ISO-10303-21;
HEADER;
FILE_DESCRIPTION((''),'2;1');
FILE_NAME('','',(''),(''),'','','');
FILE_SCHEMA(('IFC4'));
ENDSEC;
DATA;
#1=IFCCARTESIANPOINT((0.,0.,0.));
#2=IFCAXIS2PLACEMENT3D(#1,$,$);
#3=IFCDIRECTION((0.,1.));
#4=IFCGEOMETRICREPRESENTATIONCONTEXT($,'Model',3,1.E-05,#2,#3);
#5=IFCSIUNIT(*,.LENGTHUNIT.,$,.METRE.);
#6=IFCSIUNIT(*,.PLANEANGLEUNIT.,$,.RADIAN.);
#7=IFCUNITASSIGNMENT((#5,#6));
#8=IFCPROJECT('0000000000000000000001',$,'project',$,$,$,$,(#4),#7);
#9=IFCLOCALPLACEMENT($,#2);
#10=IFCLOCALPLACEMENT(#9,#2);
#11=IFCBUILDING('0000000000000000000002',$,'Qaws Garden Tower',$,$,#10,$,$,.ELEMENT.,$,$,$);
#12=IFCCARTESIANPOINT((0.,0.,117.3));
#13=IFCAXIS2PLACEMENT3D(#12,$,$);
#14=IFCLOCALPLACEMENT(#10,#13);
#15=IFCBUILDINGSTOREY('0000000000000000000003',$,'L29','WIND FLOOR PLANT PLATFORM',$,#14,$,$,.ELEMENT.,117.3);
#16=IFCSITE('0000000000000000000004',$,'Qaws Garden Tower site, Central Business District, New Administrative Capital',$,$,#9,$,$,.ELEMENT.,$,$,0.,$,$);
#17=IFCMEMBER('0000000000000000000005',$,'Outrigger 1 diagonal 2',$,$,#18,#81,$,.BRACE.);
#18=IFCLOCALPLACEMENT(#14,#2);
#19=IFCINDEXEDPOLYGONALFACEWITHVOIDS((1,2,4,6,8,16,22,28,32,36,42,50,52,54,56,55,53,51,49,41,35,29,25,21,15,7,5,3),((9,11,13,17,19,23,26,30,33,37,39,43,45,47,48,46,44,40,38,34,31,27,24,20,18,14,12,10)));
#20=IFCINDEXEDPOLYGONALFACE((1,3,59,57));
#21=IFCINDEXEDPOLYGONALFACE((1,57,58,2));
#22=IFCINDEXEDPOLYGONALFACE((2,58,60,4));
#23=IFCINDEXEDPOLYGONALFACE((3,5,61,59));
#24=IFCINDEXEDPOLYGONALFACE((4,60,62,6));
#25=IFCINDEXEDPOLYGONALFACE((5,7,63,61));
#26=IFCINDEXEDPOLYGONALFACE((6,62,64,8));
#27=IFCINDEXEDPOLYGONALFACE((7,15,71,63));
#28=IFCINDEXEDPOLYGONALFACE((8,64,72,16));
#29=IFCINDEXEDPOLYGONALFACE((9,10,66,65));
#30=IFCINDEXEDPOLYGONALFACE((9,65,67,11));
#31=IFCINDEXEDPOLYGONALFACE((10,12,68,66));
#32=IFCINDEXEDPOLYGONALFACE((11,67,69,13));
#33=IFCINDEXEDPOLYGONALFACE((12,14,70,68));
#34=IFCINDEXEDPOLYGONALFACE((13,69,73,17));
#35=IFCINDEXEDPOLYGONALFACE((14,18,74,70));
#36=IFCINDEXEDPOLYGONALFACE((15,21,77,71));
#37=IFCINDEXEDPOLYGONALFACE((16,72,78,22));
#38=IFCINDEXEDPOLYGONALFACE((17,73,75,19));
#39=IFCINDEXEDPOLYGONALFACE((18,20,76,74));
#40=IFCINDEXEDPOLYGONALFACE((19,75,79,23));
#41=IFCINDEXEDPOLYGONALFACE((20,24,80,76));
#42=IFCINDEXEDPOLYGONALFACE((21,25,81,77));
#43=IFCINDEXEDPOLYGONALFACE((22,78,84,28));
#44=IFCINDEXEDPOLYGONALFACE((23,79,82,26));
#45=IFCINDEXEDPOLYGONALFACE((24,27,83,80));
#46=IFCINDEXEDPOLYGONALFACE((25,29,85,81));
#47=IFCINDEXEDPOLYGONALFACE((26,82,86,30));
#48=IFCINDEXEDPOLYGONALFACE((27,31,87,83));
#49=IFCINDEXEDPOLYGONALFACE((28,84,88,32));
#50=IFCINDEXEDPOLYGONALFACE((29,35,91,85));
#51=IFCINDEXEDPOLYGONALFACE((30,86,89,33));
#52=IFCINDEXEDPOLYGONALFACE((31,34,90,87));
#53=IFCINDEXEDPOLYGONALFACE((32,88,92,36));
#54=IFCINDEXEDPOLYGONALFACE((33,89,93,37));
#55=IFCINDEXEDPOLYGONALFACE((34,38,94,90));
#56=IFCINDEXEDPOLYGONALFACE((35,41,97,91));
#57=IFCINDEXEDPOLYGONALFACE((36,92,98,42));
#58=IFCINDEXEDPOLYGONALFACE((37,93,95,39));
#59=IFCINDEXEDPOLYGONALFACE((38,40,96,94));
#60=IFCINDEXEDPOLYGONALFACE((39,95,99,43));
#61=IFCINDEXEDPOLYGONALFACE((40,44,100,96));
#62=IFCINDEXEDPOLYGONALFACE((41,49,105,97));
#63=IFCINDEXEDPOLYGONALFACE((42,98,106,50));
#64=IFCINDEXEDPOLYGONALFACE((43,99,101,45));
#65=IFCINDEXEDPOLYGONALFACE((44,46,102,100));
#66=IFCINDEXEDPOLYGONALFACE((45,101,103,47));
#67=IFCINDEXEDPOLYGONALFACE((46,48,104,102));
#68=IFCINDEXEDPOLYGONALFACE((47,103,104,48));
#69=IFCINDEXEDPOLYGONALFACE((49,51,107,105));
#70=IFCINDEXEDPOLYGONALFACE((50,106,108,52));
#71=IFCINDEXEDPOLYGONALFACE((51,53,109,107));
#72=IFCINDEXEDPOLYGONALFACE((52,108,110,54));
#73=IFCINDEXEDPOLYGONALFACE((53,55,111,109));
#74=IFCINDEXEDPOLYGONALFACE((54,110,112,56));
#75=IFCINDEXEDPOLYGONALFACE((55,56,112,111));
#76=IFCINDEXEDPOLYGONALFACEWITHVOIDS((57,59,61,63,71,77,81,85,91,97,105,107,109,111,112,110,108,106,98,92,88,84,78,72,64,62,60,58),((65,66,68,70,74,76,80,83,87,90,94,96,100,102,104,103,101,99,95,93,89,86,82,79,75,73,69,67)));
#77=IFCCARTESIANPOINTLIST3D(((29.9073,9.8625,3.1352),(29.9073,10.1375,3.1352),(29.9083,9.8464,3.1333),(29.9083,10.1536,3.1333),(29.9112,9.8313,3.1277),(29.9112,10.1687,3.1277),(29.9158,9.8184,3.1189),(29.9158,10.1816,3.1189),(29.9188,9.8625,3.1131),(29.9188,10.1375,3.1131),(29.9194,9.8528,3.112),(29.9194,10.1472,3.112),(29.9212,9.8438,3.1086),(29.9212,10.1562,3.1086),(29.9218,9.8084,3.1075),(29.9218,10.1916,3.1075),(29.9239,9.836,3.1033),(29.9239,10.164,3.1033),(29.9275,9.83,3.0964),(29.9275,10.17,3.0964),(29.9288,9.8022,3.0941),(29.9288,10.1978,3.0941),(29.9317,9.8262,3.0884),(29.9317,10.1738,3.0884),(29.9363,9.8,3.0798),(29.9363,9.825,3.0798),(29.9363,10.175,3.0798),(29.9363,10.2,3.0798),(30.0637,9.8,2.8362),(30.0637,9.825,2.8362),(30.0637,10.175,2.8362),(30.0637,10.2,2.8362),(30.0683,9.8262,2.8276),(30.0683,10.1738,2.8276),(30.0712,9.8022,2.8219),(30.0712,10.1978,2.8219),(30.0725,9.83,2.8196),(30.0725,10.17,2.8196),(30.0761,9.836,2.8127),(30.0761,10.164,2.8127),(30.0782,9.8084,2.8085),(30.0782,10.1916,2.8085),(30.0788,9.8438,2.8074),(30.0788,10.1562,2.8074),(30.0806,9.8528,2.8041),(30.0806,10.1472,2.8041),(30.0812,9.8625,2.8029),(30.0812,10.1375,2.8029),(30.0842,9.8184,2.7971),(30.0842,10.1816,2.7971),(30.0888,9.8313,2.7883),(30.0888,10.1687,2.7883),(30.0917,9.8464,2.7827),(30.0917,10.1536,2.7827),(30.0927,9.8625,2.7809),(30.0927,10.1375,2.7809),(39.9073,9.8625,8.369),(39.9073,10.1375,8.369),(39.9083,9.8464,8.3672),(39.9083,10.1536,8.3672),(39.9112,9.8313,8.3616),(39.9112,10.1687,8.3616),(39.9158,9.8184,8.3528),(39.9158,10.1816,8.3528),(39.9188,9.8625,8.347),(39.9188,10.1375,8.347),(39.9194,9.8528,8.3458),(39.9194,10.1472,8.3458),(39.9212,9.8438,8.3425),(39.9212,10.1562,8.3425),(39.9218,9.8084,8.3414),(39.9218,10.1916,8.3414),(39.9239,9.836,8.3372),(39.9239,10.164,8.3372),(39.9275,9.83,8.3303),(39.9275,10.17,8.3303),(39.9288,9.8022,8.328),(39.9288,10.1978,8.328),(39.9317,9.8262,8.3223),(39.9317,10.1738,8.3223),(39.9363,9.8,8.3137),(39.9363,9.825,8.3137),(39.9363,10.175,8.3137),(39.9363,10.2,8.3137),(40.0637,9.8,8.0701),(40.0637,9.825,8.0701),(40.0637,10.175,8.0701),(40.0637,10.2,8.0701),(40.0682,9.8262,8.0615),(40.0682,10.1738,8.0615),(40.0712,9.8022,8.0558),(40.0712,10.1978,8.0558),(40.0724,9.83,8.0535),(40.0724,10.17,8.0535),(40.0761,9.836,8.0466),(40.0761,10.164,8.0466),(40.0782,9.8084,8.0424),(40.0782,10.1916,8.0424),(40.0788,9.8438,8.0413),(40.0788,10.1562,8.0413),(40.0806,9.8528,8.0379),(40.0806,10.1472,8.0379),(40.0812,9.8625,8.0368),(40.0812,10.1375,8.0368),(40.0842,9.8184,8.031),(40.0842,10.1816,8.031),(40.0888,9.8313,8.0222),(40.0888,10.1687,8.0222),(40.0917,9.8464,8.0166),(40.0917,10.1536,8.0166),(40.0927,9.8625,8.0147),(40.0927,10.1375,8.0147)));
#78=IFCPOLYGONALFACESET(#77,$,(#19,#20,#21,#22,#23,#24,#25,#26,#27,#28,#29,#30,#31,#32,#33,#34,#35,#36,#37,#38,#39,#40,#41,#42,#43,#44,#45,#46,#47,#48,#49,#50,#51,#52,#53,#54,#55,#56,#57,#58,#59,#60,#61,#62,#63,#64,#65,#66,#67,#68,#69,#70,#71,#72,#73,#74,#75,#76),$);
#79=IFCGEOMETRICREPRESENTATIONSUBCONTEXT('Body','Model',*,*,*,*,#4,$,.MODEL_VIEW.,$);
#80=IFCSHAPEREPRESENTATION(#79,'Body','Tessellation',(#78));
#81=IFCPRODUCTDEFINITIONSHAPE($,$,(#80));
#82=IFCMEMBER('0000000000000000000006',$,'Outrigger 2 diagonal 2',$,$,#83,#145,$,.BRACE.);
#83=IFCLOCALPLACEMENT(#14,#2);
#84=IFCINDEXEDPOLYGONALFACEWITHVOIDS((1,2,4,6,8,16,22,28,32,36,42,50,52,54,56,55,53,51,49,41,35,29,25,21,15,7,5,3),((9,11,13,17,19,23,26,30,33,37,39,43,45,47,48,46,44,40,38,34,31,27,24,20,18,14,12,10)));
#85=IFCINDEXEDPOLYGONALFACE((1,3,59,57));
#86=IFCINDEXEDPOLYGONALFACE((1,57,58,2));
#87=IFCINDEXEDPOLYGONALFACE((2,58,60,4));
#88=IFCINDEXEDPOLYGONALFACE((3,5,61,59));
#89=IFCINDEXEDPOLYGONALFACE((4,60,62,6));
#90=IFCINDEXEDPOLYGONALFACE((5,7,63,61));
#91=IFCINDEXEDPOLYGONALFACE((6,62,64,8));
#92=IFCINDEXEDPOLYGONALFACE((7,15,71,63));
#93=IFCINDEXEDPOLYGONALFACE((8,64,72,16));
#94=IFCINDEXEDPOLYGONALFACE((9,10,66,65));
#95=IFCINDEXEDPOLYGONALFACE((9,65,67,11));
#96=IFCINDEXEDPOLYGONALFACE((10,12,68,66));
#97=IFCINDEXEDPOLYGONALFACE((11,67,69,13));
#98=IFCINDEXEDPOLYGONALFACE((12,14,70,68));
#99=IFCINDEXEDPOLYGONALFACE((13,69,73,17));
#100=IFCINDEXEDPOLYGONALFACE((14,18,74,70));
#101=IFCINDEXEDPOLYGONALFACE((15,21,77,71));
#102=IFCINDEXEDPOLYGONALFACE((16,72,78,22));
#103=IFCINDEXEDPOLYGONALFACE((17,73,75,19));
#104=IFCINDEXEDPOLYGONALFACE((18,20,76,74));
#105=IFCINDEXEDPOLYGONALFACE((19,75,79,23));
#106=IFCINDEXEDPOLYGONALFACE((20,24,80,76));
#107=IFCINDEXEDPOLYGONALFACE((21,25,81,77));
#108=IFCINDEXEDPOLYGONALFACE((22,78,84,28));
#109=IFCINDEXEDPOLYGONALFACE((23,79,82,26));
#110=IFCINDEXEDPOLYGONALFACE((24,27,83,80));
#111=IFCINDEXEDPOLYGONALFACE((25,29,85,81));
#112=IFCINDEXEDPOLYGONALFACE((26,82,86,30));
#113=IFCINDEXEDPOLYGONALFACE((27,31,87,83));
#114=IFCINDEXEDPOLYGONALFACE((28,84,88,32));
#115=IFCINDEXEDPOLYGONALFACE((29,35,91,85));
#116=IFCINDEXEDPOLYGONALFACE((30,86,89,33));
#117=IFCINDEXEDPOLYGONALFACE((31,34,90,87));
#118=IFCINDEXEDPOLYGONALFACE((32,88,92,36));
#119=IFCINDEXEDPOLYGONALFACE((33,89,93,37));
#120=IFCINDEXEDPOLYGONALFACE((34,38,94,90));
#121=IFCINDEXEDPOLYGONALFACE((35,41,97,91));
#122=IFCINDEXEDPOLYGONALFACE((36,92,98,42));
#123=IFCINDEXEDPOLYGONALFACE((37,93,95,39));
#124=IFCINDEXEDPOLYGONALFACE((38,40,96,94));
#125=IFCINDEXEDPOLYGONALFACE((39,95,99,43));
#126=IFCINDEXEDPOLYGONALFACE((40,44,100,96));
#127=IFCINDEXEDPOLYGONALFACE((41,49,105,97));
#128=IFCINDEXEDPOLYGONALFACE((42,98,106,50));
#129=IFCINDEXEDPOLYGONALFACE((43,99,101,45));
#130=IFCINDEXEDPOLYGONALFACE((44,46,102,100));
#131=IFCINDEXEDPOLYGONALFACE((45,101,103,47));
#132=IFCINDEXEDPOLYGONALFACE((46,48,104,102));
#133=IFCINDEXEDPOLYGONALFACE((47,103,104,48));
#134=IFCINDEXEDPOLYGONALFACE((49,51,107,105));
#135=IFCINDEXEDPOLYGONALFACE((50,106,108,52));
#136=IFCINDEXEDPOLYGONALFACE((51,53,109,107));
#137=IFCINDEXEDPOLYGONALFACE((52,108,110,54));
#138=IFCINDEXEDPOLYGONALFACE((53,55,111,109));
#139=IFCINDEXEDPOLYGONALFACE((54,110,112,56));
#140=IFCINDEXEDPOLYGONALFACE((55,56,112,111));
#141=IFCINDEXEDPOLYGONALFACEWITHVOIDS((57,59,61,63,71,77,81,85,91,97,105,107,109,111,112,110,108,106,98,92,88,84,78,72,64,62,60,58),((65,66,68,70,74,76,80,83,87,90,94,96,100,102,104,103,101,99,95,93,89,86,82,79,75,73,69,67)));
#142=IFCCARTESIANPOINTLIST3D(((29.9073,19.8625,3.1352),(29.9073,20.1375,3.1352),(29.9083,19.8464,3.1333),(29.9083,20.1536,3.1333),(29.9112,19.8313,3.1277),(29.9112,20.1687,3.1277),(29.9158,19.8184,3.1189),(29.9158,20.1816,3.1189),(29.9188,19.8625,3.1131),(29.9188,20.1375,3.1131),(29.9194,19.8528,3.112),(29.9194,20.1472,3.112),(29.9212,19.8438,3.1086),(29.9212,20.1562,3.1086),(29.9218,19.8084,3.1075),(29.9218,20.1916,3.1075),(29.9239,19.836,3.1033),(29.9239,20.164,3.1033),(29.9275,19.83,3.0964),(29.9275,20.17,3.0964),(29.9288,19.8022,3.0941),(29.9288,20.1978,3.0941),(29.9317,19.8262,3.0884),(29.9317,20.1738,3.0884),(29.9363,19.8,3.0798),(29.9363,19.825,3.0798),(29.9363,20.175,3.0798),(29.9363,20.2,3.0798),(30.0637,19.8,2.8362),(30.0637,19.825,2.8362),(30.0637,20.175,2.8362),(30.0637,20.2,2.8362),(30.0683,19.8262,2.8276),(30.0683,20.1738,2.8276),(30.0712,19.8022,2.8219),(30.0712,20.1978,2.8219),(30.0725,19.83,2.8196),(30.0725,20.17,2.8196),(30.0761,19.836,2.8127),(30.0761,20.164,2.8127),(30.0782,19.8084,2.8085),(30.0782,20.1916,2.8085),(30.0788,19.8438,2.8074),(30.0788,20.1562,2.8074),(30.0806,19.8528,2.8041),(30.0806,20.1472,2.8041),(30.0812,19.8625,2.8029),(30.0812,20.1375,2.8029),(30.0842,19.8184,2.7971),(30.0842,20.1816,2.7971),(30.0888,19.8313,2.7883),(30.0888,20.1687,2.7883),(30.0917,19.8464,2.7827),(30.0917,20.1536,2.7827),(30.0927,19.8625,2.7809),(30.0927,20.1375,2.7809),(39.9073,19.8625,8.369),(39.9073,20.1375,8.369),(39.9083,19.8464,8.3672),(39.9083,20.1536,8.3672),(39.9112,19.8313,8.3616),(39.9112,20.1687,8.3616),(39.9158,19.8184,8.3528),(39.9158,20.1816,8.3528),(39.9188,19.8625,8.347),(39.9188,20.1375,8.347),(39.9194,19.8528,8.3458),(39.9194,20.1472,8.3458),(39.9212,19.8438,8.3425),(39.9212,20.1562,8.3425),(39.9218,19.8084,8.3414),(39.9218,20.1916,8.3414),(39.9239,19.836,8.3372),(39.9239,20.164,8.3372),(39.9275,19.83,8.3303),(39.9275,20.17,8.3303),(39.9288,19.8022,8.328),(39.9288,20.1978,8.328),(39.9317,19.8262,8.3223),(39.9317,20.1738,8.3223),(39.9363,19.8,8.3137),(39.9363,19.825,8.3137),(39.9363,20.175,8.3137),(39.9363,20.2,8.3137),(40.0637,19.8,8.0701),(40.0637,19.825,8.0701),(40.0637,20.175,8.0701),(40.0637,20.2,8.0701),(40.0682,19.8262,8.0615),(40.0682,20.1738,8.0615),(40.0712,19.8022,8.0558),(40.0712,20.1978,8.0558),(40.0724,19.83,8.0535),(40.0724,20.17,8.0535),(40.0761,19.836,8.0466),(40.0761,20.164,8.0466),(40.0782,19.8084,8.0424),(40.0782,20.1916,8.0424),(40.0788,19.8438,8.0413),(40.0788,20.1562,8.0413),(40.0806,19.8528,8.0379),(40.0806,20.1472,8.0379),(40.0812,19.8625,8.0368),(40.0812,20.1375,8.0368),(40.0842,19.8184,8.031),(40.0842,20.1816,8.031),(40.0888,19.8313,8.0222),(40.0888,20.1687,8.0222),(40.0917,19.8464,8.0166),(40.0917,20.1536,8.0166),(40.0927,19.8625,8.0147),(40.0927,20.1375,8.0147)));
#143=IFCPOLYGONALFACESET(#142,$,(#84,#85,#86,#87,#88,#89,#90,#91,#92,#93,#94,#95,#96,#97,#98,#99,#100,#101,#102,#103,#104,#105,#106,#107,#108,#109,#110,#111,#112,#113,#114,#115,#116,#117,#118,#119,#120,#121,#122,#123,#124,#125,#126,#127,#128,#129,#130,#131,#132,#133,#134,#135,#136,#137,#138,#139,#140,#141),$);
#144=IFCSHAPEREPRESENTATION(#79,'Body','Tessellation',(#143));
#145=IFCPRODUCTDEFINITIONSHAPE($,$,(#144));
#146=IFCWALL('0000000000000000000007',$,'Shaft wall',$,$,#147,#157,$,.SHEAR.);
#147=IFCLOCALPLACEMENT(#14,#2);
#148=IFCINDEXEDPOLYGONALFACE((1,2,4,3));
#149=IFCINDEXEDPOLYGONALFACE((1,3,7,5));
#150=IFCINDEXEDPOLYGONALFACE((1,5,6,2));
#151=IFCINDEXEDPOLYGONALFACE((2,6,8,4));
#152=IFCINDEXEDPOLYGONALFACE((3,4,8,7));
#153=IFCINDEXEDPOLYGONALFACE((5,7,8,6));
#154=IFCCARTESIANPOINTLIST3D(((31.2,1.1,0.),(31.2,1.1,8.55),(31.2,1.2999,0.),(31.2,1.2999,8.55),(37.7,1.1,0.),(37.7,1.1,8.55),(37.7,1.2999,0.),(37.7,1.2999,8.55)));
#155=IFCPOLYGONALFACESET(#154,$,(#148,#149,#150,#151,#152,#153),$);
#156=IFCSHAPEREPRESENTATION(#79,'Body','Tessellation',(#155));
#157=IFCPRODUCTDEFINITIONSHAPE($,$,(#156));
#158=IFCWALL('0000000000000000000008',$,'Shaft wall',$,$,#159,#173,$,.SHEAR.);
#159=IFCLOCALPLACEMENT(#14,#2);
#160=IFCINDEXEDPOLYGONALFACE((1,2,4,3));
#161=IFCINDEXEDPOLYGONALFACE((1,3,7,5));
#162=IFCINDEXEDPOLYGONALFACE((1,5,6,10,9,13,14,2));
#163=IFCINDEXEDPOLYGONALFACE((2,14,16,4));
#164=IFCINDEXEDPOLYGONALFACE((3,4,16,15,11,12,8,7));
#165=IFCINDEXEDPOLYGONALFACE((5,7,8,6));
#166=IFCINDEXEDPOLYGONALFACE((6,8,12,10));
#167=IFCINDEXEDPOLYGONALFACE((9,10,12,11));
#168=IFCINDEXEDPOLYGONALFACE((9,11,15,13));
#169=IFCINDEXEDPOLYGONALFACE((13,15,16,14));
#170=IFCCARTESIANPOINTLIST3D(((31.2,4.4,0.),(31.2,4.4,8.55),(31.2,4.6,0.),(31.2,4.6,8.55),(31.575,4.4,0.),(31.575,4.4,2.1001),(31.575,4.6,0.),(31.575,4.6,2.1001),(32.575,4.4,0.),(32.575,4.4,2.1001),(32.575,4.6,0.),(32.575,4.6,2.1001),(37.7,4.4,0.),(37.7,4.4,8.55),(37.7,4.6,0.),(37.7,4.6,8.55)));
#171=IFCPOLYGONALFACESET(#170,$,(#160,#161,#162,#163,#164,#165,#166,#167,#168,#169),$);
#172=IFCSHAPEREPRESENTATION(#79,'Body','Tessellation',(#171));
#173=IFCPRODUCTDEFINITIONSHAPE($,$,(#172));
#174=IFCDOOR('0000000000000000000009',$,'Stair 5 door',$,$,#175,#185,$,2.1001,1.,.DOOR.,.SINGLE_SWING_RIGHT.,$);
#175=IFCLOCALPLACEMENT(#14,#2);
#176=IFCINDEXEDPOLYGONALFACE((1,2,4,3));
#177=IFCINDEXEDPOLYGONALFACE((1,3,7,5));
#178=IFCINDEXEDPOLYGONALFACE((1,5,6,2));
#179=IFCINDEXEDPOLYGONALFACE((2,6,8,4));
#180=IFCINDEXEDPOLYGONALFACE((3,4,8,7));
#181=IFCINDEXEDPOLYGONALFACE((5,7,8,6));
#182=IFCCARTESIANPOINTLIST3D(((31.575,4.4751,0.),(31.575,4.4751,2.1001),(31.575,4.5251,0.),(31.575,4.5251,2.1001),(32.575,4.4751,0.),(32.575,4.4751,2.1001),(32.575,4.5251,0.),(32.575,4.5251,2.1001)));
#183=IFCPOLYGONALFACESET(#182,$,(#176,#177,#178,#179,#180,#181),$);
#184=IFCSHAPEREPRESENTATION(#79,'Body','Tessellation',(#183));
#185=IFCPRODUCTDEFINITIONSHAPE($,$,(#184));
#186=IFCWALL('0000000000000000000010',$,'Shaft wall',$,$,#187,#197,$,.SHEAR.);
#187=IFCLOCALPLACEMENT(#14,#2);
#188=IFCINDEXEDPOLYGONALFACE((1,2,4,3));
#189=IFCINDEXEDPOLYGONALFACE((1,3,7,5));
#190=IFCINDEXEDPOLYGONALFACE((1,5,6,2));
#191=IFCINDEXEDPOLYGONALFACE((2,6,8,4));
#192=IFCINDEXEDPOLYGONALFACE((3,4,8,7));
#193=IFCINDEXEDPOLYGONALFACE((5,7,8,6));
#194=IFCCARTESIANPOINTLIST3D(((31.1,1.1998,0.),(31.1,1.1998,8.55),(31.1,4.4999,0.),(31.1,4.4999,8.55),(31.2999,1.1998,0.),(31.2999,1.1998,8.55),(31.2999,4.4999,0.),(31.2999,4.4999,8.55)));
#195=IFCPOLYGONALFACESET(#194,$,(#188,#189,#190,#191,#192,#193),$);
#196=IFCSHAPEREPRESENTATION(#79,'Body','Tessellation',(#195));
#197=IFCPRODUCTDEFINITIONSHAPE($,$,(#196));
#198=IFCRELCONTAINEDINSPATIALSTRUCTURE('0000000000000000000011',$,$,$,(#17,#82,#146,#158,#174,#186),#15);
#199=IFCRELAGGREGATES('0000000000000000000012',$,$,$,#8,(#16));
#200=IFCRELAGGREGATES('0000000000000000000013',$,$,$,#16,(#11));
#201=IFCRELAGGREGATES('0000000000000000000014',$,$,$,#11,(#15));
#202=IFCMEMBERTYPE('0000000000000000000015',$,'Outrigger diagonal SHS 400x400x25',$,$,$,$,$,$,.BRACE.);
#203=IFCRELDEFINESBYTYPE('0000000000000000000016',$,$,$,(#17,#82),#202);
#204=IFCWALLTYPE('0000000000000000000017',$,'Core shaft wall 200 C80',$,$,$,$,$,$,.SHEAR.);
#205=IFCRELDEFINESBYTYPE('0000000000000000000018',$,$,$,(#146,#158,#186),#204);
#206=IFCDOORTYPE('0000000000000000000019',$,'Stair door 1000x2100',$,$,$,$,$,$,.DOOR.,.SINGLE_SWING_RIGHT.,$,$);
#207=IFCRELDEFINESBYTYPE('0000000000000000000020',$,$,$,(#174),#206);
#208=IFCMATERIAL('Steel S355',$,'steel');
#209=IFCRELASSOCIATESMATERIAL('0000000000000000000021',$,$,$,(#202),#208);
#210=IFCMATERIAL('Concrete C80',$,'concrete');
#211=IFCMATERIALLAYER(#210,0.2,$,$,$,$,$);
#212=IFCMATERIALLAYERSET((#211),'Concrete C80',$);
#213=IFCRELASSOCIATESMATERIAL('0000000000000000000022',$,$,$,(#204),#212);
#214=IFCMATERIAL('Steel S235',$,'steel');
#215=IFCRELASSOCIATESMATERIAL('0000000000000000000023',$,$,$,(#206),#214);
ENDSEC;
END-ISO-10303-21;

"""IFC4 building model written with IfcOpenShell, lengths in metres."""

from ifc_helpers import new_model, si_unit, direction, frame, frame_2d, origin, origin_2d, place, context, subcontext, project, spatial, rectangle, hollow_rectangle, extrude, material, layer, layer_set, material_profile, profile_set, type_object, element, fill, save


model = new_model("IFC4")

# Units and contexts
model_context = context("Model", 3, precision=1e-05, world=origin(), true_north=direction((0.0, 1.0)))
body_context = subcontext(model_context, "Body", "Model", "MODEL_VIEW")
ifc_project = project(units=[si_unit("LENGTHUNIT", "METRE"), si_unit("PLANEANGLEUNIT", "RADIAN")], contexts=[model_context])

# Site, building, storey
site_placement = place(None, origin())
site = spatial("IfcSite", under=ifc_project, at=site_placement, Name="Qaws Garden Tower site, Central Business District, New Administrative Capital", CompositionType="ELEMENT", RefElevation=0.0)
building_placement = place(site_placement, origin())
building = spatial("IfcBuilding", under=site, at=building_placement, Name="Qaws Garden Tower", CompositionType="ELEMENT")
storey_placement = place(building_placement, frame((0.0, 0.0, 117.3)))
storey = spatial("IfcBuildingStorey", under=building, at=storey_placement, Name="L29", Description="WIND FLOOR PLANT PLATFORM", CompositionType="ELEMENT", Elevation=117.3)

# Members
ifc_material_1 = material(Name="Steel S355", Category="steel")
ifc_material_profile_1 = material_profile(ifc_material_1, hollow_rectangle(XDim=0.3999, YDim=0.3999, WallThickness=0.0249, InnerFilletRadius=0.0376, OuterFilletRadius=0.0625, at=origin_2d()), Name="SHS 400x400x25")
ifc_profile_set_1 = profile_set([ifc_material_profile_1], Name="Steel S355")
member_type_1 = type_object("IfcMemberType", Name="Outrigger diagonal SHS 400x400x25", PredefinedType="BRACE", material=ifc_profile_set_1)
for number, where, z_axis, x_axis, name in (
    (1, (30.0, 10.0, 2.958), (0.885985, 0.0, 0.463714), (0.0, 1.0, 0.0), "Outrigger 1 diagonal 2"),
    (2, (30.0, 20.0, 2.958), (0.885985, 0.0, 0.463714), (0.0, 1.0, 0.0), "Outrigger 2 diagonal 2"),
):
    element("IfcMember", number, at=place(storey_placement, frame(where, z_axis=z_axis, x_axis=x_axis)), inside=storey, type_object=member_type_1, Name=name, PredefinedType="BRACE", context=body_context, shape_type="SweptSolid", body=[
        extrude(hollow_rectangle(XDim=0.3999, YDim=0.3999, WallThickness=0.0249, InnerFilletRadius=0.0376, OuterFilletRadius=0.0625, at=origin_2d()), origin(), (0.0, 0.0, 1.0), 11.2869),
    ])

# Wall
ifc_material_2 = material(Name="Concrete C80", Category="concrete")
ifc_layer_1 = layer(ifc_material_2, 0.2)
ifc_layer_set_1 = layer_set([ifc_layer_1], Name="Concrete C80")
wall_type_1 = type_object("IfcWallType", Name="Core shaft wall 200 C80", PredefinedType="SHEAR", material=ifc_layer_set_1)
wall_1_placement = place(storey_placement, frame((31.2, 1.2, 0.0), z_axis=(0.0, 0.0, 1.0), x_axis=(1.0, 0.0, 0.0)))
element("IfcWall", 3, at=wall_1_placement, inside=storey, type_object=wall_type_1, Name="Shaft wall", PredefinedType="SHEAR", context=body_context, shape_type="SweptSolid", body=[
    extrude(rectangle(XDim=6.5, YDim=0.2, at=frame_2d((3.25, 0.0))), origin(), (0.0, 0.0, 1.0), 8.55),
])

# Wall, opening, door
wall_2_placement = place(storey_placement, frame((31.2, 4.5, 0.0), z_axis=(0.0, 0.0, 1.0), x_axis=(1.0, 0.0, 0.0)))
wall_2 = element("IfcWall", 4, at=wall_2_placement, inside=storey, type_object=wall_type_1, Name="Shaft wall", PredefinedType="SHEAR", context=body_context, shape_type="SweptSolid", body=[
    extrude(rectangle(XDim=6.5, YDim=0.2, at=frame_2d((3.25, 0.0))), origin(), (0.0, 0.0, 1.0), 8.55),
])
opening_1_placement = place(wall_2_placement, frame((0.375, 0.0, 0.0)))
opening_1 = element("IfcOpeningElement", 5, at=opening_1_placement, cuts=wall_2, PredefinedType="OPENING", context=body_context, shape_type="SweptSolid", body=[
    extrude(rectangle(XDim=1.0, YDim=2.1001, at=frame_2d((0.5, 1.05))), frame((0.0, 0.1099, 0.0), z_axis=(0.0, -1.0, 0.0), x_axis=(1.0, 0.0, 0.0)), (0.0, 0.0, 1.0), 0.22),
])
ifc_material_3 = material(Name="Steel S235", Category="steel")
door_type_1 = type_object("IfcDoorType", Name="Stair door 1000x2100", OperationType="SINGLE_SWING_RIGHT", PredefinedType="DOOR", material=ifc_material_3)
door_1_placement = place(opening_1_placement, frame((1.0, 0.0, 0.0), z_axis=(0.0, 0.0, 1.0), x_axis=(-1.0, 0.0, 0.0)))
door_1 = element("IfcDoor", 6, at=door_1_placement, inside=storey, type_object=door_type_1, Name="Stair 5 door", OperationType="SINGLE_SWING_RIGHT", OverallHeight=2.1001, OverallWidth=1.0, PredefinedType="DOOR", context=body_context, shape_type="SweptSolid", body=[
    extrude(rectangle(XDim=1.0, YDim=2.1001, at=frame_2d((0.5, 1.05))), frame((0.0, 0.0249, 0.0), z_axis=(0.0, -1.0, 0.0), x_axis=(1.0, 0.0, 0.0)), (0.0, 0.0, 1.0), 0.05),
])
fill(opening_1, door_1)

# Wall
wall_3_placement = place(storey_placement, frame((31.2, 1.2, 0.0), z_axis=(0.0, 0.0, 1.0), x_axis=(0.0, 1.0, 0.0)))
element("IfcWall", 7, at=wall_3_placement, inside=storey, type_object=wall_type_1, Name="Shaft wall", PredefinedType="SHEAR", context=body_context, shape_type="SweptSolid", body=[
    extrude(rectangle(XDim=3.3, YDim=0.2, at=frame_2d((1.6499, 0.0))), origin(), (0.0, 0.0, 1.0), 8.55),
])

save(model, "model.ifc")
